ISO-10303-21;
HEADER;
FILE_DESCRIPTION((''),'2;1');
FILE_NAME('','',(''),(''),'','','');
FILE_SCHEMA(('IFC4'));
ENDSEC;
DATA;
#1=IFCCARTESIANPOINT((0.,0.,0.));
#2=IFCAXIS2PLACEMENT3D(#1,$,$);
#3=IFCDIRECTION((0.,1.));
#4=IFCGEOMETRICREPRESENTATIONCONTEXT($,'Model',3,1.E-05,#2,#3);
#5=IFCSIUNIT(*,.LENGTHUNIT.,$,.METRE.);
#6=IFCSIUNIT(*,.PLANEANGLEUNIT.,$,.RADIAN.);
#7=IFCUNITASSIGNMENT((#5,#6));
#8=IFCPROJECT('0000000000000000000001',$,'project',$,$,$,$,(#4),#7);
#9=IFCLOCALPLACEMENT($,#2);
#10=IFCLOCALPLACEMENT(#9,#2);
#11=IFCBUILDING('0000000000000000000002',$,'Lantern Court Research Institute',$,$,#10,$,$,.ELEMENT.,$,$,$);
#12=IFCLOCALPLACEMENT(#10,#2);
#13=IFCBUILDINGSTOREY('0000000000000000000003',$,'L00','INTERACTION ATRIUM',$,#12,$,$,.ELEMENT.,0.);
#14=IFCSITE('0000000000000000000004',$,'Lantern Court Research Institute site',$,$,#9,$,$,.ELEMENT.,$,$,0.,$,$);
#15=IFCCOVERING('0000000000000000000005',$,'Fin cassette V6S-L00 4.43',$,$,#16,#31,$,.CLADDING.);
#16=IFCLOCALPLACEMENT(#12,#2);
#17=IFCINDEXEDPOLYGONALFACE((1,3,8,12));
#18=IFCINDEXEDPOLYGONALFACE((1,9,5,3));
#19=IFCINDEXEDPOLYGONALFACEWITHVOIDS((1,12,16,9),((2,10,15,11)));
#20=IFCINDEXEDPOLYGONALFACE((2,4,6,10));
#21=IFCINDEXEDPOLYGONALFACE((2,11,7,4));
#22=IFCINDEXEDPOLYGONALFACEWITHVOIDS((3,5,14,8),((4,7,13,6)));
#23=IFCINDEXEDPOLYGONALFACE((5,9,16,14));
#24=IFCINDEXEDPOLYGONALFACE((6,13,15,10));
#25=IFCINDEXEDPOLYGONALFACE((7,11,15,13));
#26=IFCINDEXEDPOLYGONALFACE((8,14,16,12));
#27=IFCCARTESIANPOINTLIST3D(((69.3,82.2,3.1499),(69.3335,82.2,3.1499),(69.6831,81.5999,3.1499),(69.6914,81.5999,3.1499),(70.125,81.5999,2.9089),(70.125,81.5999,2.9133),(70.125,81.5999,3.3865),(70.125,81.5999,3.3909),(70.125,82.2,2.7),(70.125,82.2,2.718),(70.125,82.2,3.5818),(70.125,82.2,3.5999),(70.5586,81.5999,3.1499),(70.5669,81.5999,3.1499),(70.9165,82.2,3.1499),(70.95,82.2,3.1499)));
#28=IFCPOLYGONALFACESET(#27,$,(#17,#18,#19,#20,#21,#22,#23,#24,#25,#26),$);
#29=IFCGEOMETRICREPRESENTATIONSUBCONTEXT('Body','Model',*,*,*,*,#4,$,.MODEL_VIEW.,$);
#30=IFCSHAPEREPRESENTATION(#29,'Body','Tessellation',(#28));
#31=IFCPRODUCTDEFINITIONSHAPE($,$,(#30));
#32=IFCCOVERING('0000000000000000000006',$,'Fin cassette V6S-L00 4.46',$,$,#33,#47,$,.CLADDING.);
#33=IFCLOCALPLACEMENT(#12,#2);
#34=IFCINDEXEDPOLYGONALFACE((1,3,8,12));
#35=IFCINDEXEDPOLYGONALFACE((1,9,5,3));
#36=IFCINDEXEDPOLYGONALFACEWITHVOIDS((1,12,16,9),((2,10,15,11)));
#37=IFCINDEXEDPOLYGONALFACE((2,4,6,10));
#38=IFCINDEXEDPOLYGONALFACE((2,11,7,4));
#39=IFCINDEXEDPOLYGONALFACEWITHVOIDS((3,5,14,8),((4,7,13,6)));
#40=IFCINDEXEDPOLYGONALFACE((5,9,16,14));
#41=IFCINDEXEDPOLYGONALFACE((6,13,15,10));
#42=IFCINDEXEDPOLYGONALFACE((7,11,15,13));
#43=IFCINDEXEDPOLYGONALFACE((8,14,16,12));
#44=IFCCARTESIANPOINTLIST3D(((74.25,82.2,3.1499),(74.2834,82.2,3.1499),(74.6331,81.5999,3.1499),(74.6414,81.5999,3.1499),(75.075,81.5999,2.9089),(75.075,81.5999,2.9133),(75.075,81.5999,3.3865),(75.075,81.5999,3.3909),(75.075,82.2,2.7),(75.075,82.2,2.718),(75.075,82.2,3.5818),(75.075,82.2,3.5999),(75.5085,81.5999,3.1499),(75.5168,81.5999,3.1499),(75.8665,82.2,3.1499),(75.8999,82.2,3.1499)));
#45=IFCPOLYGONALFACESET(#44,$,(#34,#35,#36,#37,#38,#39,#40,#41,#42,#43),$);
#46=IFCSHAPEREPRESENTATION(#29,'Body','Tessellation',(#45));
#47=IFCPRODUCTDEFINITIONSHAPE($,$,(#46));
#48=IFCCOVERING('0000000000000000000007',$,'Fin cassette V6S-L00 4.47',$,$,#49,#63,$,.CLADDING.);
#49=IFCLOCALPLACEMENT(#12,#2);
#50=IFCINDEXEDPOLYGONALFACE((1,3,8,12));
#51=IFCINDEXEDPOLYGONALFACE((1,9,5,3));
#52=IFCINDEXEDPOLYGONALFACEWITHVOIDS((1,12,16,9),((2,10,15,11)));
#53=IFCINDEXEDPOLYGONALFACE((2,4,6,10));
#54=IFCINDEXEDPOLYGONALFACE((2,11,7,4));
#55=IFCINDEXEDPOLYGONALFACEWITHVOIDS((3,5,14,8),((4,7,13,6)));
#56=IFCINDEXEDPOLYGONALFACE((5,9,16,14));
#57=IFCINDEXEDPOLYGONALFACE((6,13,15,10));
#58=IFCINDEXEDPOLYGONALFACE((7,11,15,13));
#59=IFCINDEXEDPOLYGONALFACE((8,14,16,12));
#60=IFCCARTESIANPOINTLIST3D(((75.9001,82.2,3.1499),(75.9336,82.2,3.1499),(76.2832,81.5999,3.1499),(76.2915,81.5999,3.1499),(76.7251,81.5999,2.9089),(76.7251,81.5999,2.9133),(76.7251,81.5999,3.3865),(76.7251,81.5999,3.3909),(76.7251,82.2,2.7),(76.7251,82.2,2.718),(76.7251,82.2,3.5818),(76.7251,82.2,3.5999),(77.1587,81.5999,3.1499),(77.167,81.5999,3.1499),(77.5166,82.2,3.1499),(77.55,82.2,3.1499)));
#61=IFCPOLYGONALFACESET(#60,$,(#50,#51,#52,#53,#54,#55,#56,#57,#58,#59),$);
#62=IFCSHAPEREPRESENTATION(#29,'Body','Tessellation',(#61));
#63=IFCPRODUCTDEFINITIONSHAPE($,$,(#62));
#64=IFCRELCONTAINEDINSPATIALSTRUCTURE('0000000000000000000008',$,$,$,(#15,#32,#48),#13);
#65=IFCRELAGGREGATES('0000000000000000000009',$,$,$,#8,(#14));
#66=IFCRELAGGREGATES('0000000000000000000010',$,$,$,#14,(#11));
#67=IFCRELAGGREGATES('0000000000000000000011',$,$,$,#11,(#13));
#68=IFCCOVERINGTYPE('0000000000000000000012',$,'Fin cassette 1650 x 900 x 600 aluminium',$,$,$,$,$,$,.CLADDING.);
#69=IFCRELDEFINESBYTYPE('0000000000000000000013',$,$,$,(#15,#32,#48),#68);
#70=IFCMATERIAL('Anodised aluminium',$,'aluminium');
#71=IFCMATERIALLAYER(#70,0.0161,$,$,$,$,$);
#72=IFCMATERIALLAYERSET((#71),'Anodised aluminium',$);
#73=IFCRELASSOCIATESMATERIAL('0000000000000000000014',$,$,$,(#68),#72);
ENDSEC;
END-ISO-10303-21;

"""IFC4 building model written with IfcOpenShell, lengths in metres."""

from ifc_helpers import new_model, entity, si_unit, direction, frame, origin, place, context, subcontext, project, spatial, material, layer, layer_set, type_object, element, save


model = new_model("IFC4")

# Units and contexts
model_context = context("Model", 3, precision=1e-05, world=origin(), true_north=direction((0.0, 1.0)))
body_context = subcontext(model_context, "Body", "Model", "MODEL_VIEW")
ifc_project = project(units=[si_unit("LENGTHUNIT", "METRE"), si_unit("PLANEANGLEUNIT", "RADIAN")], contexts=[model_context])

# Site, building, storey
site_placement = place(None, origin())
site = spatial("IfcSite", under=ifc_project, at=site_placement, Name="Lantern Court Research Institute site", CompositionType="ELEMENT", RefElevation=0.0)
building_placement = place(site_placement, origin())
building = spatial("IfcBuilding", under=site, at=building_placement, Name="Lantern Court Research Institute", CompositionType="ELEMENT")
storey_placement = place(building_placement, origin())
storey = spatial("IfcBuildingStorey", under=building, at=storey_placement, Name="L00", Description="INTERACTION ATRIUM", CompositionType="ELEMENT", Elevation=0.0)

# Coverings
ifc_material_1 = material(Name="Anodised aluminium", Category="aluminium")
ifc_layer_1 = layer(ifc_material_1, 0.0161)
ifc_layer_set_1 = layer_set([ifc_layer_1], Name="Anodised aluminium")
covering_type_1 = type_object("IfcCoveringType", Name="Fin cassette 1650 x 900 x 600 aluminium", PredefinedType="CLADDING", material=ifc_layer_set_1)
covering_1_placement = place(storey_placement, frame((70.125, 82.2, 3.1499), z_axis=(0.0, -1.0, 0.0), x_axis=(1.0, 0.0, 0.0)))
cartesian_point_1 = entity("IfcCartesianPoint", [0.825, 0.0])
cartesian_point_2 = entity("IfcCartesianPoint", [0.7915, 0.0])
cartesian_point_3 = entity("IfcCartesianPoint", [0.4419, 0.0])
cartesian_point_4 = entity("IfcCartesianPoint", [0.4336, 0.0])
element("IfcCovering", 1, at=covering_1_placement, inside=storey, type_object=covering_type_1, Name="Fin cassette V6S-L00 4.43", PredefinedType="CLADDING", context=body_context, shape_type="SweptSolid", body=[
    entity("IfcExtrudedAreaSolidTapered", entity("IfcArbitraryProfileDefWithVoids", "AREA", None, entity("IfcPolyline", [cartesian_point_1, entity("IfcCartesianPoint", [0.0, 0.45]), entity("IfcCartesianPoint", [-0.825, 0.0]), entity("IfcCartesianPoint", [0.0, -0.45]), cartesian_point_1]), [entity("IfcPolyline", [cartesian_point_2, entity("IfcCartesianPoint", [0.0, 0.4319]), entity("IfcCartesianPoint", [-0.7915, 0.0]), entity("IfcCartesianPoint", [0.0, -0.4319]), cartesian_point_2])]), entity("IfcAxis2Placement3D", entity("IfcCartesianPoint", [0.0, 0.0, 0.0])), entity("IfcDirection", [0.0, 0.0, 1.0]), 0.6001, entity("IfcArbitraryProfileDefWithVoids", "AREA", None, entity("IfcPolyline", [cartesian_point_3, entity("IfcCartesianPoint", [0.0, 0.241]), entity("IfcCartesianPoint", [-0.4419, 0.0]), entity("IfcCartesianPoint", [0.0, -0.241]), cartesian_point_3]), [entity("IfcPolyline", [cartesian_point_4, entity("IfcCartesianPoint", [0.0, 0.2366]), entity("IfcCartesianPoint", [-0.4336, 0.0]), entity("IfcCartesianPoint", [0.0, -0.2366]), cartesian_point_4])])),
])
covering_2_placement = place(storey_placement, frame((75.075, 82.2, 3.1499), z_axis=(0.0, -1.0, 0.0), x_axis=(1.0, 0.0, 0.0)))
cartesian_point_5 = entity("IfcCartesianPoint", [0.825, 0.0])
cartesian_point_6 = entity("IfcCartesianPoint", [0.7915, 0.0])
cartesian_point_7 = entity("IfcCartesianPoint", [0.4419, 0.0])
cartesian_point_8 = entity("IfcCartesianPoint", [0.4336, 0.0])
element("IfcCovering", 2, at=covering_2_placement, inside=storey, type_object=covering_type_1, Name="Fin cassette V6S-L00 4.46", PredefinedType="CLADDING", context=body_context, shape_type="SweptSolid", body=[
    entity("IfcExtrudedAreaSolidTapered", entity("IfcArbitraryProfileDefWithVoids", "AREA", None, entity("IfcPolyline", [cartesian_point_5, entity("IfcCartesianPoint", [0.0, 0.45]), entity("IfcCartesianPoint", [-0.825, 0.0]), entity("IfcCartesianPoint", [0.0, -0.45]), cartesian_point_5]), [entity("IfcPolyline", [cartesian_point_6, entity("IfcCartesianPoint", [0.0, 0.4319]), entity("IfcCartesianPoint", [-0.7915, 0.0]), entity("IfcCartesianPoint", [0.0, -0.4319]), cartesian_point_6])]), entity("IfcAxis2Placement3D", entity("IfcCartesianPoint", [0.0, 0.0, 0.0])), entity("IfcDirection", [0.0, 0.0, 1.0]), 0.6001, entity("IfcArbitraryProfileDefWithVoids", "AREA", None, entity("IfcPolyline", [cartesian_point_7, entity("IfcCartesianPoint", [0.0, 0.241]), entity("IfcCartesianPoint", [-0.4419, 0.0]), entity("IfcCartesianPoint", [0.0, -0.241]), cartesian_point_7]), [entity("IfcPolyline", [cartesian_point_8, entity("IfcCartesianPoint", [0.0, 0.2366]), entity("IfcCartesianPoint", [-0.4336, 0.0]), entity("IfcCartesianPoint", [0.0, -0.2366]), cartesian_point_8])])),
])
covering_3_placement = place(storey_placement, frame((76.7251, 82.2, 3.1499), z_axis=(0.0, -1.0, 0.0), x_axis=(1.0, 0.0, 0.0)))
cartesian_point_9 = entity("IfcCartesianPoint", [0.825, 0.0])
cartesian_point_10 = entity("IfcCartesianPoint", [0.7915, 0.0])
cartesian_point_11 = entity("IfcCartesianPoint", [0.4419, 0.0])
cartesian_point_12 = entity("IfcCartesianPoint", [0.4336, 0.0])
element("IfcCovering", 3, at=covering_3_placement, inside=storey, type_object=covering_type_1, Name="Fin cassette V6S-L00 4.47", PredefinedType="CLADDING", context=body_context, shape_type="SweptSolid", body=[
    entity("IfcExtrudedAreaSolidTapered", entity("IfcArbitraryProfileDefWithVoids", "AREA", None, entity("IfcPolyline", [cartesian_point_9, entity("IfcCartesianPoint", [0.0, 0.45]), entity("IfcCartesianPoint", [-0.825, 0.0]), entity("IfcCartesianPoint", [0.0, -0.45]), cartesian_point_9]), [entity("IfcPolyline", [cartesian_point_10, entity("IfcCartesianPoint", [0.0, 0.4319]), entity("IfcCartesianPoint", [-0.7915, 0.0]), entity("IfcCartesianPoint", [0.0, -0.4319]), cartesian_point_10])]), entity("IfcAxis2Placement3D", entity("IfcCartesianPoint", [0.0, 0.0, 0.0])), entity("IfcDirection", [0.0, 0.0, 1.0]), 0.6001, entity("IfcArbitraryProfileDefWithVoids", "AREA", None, entity("IfcPolyline", [cartesian_point_11, entity("IfcCartesianPoint", [0.0, 0.241]), entity("IfcCartesianPoint", [-0.4419, 0.0]), entity("IfcCartesianPoint", [0.0, -0.241]), cartesian_point_11]), [entity("IfcPolyline", [cartesian_point_12, entity("IfcCartesianPoint", [0.0, 0.2366]), entity("IfcCartesianPoint", [-0.4336, 0.0]), entity("IfcCartesianPoint", [0.0, -0.2366]), cartesian_point_12])])),
])

save(model, "model.ifc")
